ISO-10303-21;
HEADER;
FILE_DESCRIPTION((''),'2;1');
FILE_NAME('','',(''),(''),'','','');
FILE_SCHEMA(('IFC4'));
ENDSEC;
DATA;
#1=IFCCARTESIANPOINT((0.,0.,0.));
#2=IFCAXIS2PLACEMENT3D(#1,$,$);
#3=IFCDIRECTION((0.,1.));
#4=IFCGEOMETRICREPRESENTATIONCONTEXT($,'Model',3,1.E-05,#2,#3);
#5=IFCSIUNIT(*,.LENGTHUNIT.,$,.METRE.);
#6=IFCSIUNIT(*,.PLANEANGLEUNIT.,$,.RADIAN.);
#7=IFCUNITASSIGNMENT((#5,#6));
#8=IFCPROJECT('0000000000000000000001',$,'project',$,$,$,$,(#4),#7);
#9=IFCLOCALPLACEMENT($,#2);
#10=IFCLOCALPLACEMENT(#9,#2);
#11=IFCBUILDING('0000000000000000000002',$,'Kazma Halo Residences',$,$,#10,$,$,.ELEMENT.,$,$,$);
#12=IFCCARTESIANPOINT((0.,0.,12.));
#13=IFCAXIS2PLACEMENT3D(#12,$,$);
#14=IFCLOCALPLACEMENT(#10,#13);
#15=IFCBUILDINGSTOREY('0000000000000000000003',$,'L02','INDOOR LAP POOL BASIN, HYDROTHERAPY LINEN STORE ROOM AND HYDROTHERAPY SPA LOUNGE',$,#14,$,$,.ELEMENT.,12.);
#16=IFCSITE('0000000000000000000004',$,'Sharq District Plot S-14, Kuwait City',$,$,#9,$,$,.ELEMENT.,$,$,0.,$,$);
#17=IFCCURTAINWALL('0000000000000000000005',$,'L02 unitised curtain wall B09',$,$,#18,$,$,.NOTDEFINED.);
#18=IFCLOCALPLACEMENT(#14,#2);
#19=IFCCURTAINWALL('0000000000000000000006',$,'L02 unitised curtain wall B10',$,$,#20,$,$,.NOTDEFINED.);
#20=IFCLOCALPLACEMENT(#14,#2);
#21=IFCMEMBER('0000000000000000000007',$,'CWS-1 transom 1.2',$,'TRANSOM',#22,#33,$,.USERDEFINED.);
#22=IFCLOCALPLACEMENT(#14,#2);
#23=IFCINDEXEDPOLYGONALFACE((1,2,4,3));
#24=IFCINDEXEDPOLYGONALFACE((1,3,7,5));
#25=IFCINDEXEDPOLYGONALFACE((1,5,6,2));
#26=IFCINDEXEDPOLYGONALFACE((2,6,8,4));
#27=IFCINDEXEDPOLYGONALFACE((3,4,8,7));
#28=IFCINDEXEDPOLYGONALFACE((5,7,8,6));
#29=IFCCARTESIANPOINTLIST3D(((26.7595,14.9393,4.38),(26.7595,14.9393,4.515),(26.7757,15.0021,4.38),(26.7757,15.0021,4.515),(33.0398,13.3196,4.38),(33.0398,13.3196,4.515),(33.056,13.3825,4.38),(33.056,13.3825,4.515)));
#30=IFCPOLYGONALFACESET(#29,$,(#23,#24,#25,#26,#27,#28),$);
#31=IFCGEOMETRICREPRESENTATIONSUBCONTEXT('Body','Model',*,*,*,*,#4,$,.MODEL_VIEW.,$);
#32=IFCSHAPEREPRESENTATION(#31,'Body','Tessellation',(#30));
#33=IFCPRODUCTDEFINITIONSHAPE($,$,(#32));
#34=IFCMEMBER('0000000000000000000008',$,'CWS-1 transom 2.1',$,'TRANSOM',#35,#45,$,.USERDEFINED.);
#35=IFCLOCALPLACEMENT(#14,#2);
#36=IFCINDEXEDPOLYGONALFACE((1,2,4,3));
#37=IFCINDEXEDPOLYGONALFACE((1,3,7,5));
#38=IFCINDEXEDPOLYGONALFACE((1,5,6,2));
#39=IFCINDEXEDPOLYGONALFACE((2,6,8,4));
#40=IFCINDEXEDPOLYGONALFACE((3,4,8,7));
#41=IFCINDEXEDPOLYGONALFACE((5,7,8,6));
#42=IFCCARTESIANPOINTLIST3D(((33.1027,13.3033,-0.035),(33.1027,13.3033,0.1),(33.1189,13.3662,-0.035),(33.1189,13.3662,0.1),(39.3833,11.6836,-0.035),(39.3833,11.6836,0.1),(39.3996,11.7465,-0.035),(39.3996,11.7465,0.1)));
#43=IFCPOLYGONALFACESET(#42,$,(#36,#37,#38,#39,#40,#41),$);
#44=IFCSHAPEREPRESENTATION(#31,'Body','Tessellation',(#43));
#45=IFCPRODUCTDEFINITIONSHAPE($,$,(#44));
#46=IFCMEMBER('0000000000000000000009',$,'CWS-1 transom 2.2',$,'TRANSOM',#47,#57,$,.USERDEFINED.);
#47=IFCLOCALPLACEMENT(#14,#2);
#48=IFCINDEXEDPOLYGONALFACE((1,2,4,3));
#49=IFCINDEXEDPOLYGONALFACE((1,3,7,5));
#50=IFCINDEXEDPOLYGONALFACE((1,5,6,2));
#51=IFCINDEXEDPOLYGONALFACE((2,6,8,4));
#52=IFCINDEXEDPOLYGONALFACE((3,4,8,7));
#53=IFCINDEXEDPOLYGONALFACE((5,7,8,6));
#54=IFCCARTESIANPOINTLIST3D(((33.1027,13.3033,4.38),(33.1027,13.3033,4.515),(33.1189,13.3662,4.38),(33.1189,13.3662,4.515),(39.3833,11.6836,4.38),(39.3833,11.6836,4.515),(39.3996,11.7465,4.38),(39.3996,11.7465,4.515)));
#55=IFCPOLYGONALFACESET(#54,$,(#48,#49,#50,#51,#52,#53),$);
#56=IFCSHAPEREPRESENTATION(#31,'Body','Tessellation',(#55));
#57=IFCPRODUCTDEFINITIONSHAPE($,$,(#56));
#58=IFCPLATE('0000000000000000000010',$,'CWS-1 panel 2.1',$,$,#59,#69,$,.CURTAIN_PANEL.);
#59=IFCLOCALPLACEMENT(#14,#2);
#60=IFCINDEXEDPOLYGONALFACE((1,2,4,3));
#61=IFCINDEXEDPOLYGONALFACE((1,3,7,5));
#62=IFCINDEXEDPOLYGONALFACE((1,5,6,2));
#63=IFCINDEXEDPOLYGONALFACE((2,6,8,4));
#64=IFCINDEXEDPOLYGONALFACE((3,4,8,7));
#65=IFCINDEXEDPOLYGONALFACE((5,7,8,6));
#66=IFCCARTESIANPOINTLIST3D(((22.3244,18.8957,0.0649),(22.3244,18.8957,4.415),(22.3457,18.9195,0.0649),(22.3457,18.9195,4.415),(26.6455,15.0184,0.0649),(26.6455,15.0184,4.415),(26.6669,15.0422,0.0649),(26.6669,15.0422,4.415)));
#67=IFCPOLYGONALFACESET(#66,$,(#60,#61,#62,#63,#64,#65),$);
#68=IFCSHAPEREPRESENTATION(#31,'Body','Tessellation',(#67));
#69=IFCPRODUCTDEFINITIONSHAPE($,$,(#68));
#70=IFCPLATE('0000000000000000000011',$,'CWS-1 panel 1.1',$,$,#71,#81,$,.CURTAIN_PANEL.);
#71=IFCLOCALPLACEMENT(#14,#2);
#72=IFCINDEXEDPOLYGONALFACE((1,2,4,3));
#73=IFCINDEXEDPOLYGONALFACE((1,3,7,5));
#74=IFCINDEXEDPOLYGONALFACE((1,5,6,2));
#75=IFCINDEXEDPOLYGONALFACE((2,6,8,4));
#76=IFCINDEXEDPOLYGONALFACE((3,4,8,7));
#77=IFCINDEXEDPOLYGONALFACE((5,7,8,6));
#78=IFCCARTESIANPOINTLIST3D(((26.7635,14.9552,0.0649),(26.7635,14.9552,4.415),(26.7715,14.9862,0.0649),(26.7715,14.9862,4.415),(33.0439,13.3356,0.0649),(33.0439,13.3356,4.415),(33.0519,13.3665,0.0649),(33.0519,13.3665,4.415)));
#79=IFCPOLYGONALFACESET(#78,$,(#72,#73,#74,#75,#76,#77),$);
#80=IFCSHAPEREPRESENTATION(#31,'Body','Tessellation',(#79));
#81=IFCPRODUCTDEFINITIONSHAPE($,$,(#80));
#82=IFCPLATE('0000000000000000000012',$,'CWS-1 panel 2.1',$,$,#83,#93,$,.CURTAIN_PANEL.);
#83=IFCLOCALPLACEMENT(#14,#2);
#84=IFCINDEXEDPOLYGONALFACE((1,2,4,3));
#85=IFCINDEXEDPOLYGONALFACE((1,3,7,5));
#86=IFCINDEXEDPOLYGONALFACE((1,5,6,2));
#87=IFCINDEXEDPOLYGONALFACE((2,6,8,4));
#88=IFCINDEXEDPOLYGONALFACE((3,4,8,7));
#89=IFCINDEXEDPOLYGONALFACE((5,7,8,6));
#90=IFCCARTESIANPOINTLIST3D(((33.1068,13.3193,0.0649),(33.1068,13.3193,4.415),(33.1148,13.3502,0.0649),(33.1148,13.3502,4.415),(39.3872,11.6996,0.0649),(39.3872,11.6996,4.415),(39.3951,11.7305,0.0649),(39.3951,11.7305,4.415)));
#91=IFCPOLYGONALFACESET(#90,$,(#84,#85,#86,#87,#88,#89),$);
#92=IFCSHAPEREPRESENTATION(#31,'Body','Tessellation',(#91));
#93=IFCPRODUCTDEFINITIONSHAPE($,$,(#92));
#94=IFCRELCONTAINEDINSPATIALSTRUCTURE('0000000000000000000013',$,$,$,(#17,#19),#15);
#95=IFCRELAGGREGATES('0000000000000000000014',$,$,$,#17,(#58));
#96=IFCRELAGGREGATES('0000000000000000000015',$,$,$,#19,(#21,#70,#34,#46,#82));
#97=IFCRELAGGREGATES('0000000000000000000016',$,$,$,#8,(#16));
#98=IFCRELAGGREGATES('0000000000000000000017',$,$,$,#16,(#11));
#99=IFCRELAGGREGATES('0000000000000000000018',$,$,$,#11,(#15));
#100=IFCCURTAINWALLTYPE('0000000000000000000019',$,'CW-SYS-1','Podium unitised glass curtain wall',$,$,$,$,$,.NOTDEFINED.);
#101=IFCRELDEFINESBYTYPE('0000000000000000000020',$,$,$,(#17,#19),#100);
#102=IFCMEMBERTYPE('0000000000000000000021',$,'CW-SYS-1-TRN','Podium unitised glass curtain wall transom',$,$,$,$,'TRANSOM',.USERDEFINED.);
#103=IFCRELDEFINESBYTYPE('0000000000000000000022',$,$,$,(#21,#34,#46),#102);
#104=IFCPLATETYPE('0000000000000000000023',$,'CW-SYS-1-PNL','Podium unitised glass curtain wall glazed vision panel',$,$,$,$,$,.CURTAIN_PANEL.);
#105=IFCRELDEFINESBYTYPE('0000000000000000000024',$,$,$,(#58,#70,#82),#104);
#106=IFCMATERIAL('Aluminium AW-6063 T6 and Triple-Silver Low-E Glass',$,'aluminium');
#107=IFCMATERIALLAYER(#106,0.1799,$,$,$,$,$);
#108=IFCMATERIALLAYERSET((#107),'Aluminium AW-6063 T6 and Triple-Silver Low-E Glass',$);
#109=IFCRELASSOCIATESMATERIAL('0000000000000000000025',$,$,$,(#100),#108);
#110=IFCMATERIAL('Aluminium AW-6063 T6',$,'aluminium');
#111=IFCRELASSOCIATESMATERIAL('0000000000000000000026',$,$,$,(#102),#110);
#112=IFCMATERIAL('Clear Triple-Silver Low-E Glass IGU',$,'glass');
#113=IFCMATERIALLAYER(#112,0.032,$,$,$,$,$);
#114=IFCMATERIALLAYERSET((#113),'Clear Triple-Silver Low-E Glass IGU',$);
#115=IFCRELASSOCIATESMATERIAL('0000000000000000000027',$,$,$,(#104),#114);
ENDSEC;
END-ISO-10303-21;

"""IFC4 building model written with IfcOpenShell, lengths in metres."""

from ifc_helpers import new_model, si_unit, direction, frame, origin, origin_2d, place, context, subcontext, project, spatial, rectangle, extrude, material, layer, layer_set, material_profile, profile_set, type_object, element, aggregate, save


model = new_model("IFC4")

# Units and contexts
model_context = context("Model", 3, precision=1e-05, world=origin(), true_north=direction((0.0, 1.0)))
body_context = subcontext(model_context, "Body", "Model", "MODEL_VIEW")
ifc_project = project(units=[si_unit("LENGTHUNIT", "METRE"), si_unit("PLANEANGLEUNIT", "RADIAN")], contexts=[model_context])

# Site, building, storey
site_placement = place(None, origin())
site = spatial("IfcSite", under=ifc_project, at=site_placement, Name="Sharq District Plot S-14, Kuwait City", CompositionType="ELEMENT", RefElevation=0.0)
building_placement = place(site_placement, origin())
building = spatial("IfcBuilding", under=site, at=building_placement, Name="Kazma Halo Residences", CompositionType="ELEMENT")
storey_placement = place(building_placement, frame((0.0, 0.0, 12.0)))
storey = spatial("IfcBuildingStorey", under=building, at=storey_placement, Name="L02", Description="INDOOR LAP POOL BASIN, HYDROTHERAPY LINEN STORE ROOM AND HYDROTHERAPY SPA LOUNGE", CompositionType="ELEMENT", Elevation=12.0)

# Curtain wall
ifc_material_1 = material(Name="Aluminium AW-6063 T6 and Triple-Silver Low-E Glass", Category="aluminium")
ifc_layer_1 = layer(ifc_material_1, 0.1799)
ifc_layer_set_1 = layer_set([ifc_layer_1], Name="Aluminium AW-6063 T6 and Triple-Silver Low-E Glass")
curtain_wall_type = type_object("IfcCurtainWallType", Name="CW-SYS-1", Description="Podium unitised glass curtain wall", PredefinedType="NOTDEFINED", material=ifc_layer_set_1)
curtain_wall_1_placement = place(storey_placement, origin())
curtain_wall_1 = element("IfcCurtainWall", 1, at=curtain_wall_1_placement, inside=storey, type_object=curtain_wall_type, Name="L02 unitised curtain wall B09", PredefinedType="NOTDEFINED")
ifc_material_2 = material(Name="Aluminium AW-6063 T6", Category="aluminium")

# Curtain wall
curtain_wall_2_placement = place(storey_placement, origin())
curtain_wall_2 = element("IfcCurtainWall", 2, at=curtain_wall_2_placement, inside=storey, type_object=curtain_wall_type, Name="L02 unitised curtain wall B10", PredefinedType="NOTDEFINED")

# Members
ifc_material_profile_1 = material_profile(ifc_material_2, rectangle(XDim=0.0649, YDim=0.135, at=origin_2d()), Name="CWT-65x135")
ifc_profile_set_1 = profile_set([ifc_material_profile_1], Name="Aluminium AW-6063 T6")
member_type_1 = type_object("IfcMemberType", Name="CW-SYS-1-TRN", Description="Podium unitised glass curtain wall transom", ElementType="TRANSOM", PredefinedType="USERDEFINED", material=ifc_profile_set_1)
member_1_placement = place(storey_placement, frame((26.7676, 14.9707, 4.4475), z_axis=(0.968318, -0.249721, 0.0), x_axis=(0.249721, 0.968318, 0.0)))
member_1 = element("IfcMember", 3, at=member_1_placement, type_object=member_type_1, Name="CWS-1 transom 1.2", ObjectType="TRANSOM", PredefinedType="USERDEFINED", context=body_context, shape_type="SweptSolid", body=[
    extrude(rectangle(XDim=0.0649, YDim=0.135, at=origin_2d()), origin(), (0.0, 0.0, 1.0), 6.4858),
])
member_2_placement = place(storey_placement, frame((33.1108, 13.3347, 0.0325), z_axis=(0.96832, -0.249712, 0.0), x_axis=(0.249712, 0.96832, 0.0)))
member_2 = element("IfcMember", 4, at=member_2_placement, type_object=member_type_1, Name="CWS-1 transom 2.1", ObjectType="TRANSOM", PredefinedType="USERDEFINED", context=body_context, shape_type="SweptSolid", body=[
    extrude(rectangle(XDim=0.0649, YDim=0.135, at=origin_2d()), origin(), (0.0, 0.0, 1.0), 6.4861),
])
member_3_placement = place(storey_placement, frame((33.1108, 13.3347, 4.4475), z_axis=(0.96832, -0.249712, 0.0), x_axis=(0.249712, 0.96832, 0.0)))
member_3 = element("IfcMember", 5, at=member_3_placement, type_object=member_type_1, Name="CWS-1 transom 2.2", ObjectType="TRANSOM", PredefinedType="USERDEFINED", context=body_context, shape_type="SweptSolid", body=[
    extrude(rectangle(XDim=0.0649, YDim=0.135, at=origin_2d()), origin(), (0.0, 0.0, 1.0), 6.4861),
])

# Plates
ifc_material_3 = material(Name="Clear Triple-Silver Low-E Glass IGU", Category="glass")
ifc_layer_2 = layer(ifc_material_3, 0.032)
ifc_layer_set_2 = layer_set([ifc_layer_2], Name="Clear Triple-Silver Low-E Glass IGU")
plate_type = type_object("IfcPlateType", Name="CW-SYS-1-PNL", Description="Podium unitised glass curtain wall glazed vision panel", PredefinedType="CURTAIN_PANEL", material=ifc_layer_set_2)
plate_1_placement = place(storey_placement, frame((24.4956, 16.969, 0.0649), z_axis=(0.0, 0.0, 1.0), x_axis=(0.744298, -0.667848, 0.0)))
plate_1 = element("IfcPlate", 6, at=plate_1_placement, type_object=plate_type, Name="CWS-1 panel 2.1", PredefinedType="CURTAIN_PANEL", context=body_context, shape_type="SweptSolid", body=[
    extrude(rectangle(XDim=5.8057, YDim=0.032, at=origin_2d()), origin(), (0.0, 0.0, 1.0), 4.3501),
])
aggregate(curtain_wall_1, [plate_1])
plate_2_placement = place(storey_placement, frame((29.9077, 14.1609, 0.0649), z_axis=(0.0, 0.0, 1.0), x_axis=(0.968316, -0.249727, 0.0)))
plate_2 = element("IfcPlate", 7, at=plate_2_placement, type_object=plate_type, Name="CWS-1 panel 1.1", PredefinedType="CURTAIN_PANEL", context=body_context, shape_type="SweptSolid", body=[
    extrude(rectangle(XDim=6.4858, YDim=0.032, at=origin_2d()), origin(), (0.0, 0.0, 1.0), 4.3501),
])
plate_3_placement = place(storey_placement, frame((36.251, 12.5249, 0.0649), z_axis=(0.0, 0.0, 1.0), x_axis=(0.968316, -0.249727, 0.0)))
plate_3 = element("IfcPlate", 8, at=plate_3_placement, type_object=plate_type, Name="CWS-1 panel 2.1", PredefinedType="CURTAIN_PANEL", context=body_context, shape_type="SweptSolid", body=[
    extrude(rectangle(XDim=6.4858, YDim=0.032, at=origin_2d()), origin(), (0.0, 0.0, 1.0), 4.3501),
])
aggregate(curtain_wall_2, [member_1, plate_2, member_2, member_3, plate_3])

save(model, "model.ifc")
